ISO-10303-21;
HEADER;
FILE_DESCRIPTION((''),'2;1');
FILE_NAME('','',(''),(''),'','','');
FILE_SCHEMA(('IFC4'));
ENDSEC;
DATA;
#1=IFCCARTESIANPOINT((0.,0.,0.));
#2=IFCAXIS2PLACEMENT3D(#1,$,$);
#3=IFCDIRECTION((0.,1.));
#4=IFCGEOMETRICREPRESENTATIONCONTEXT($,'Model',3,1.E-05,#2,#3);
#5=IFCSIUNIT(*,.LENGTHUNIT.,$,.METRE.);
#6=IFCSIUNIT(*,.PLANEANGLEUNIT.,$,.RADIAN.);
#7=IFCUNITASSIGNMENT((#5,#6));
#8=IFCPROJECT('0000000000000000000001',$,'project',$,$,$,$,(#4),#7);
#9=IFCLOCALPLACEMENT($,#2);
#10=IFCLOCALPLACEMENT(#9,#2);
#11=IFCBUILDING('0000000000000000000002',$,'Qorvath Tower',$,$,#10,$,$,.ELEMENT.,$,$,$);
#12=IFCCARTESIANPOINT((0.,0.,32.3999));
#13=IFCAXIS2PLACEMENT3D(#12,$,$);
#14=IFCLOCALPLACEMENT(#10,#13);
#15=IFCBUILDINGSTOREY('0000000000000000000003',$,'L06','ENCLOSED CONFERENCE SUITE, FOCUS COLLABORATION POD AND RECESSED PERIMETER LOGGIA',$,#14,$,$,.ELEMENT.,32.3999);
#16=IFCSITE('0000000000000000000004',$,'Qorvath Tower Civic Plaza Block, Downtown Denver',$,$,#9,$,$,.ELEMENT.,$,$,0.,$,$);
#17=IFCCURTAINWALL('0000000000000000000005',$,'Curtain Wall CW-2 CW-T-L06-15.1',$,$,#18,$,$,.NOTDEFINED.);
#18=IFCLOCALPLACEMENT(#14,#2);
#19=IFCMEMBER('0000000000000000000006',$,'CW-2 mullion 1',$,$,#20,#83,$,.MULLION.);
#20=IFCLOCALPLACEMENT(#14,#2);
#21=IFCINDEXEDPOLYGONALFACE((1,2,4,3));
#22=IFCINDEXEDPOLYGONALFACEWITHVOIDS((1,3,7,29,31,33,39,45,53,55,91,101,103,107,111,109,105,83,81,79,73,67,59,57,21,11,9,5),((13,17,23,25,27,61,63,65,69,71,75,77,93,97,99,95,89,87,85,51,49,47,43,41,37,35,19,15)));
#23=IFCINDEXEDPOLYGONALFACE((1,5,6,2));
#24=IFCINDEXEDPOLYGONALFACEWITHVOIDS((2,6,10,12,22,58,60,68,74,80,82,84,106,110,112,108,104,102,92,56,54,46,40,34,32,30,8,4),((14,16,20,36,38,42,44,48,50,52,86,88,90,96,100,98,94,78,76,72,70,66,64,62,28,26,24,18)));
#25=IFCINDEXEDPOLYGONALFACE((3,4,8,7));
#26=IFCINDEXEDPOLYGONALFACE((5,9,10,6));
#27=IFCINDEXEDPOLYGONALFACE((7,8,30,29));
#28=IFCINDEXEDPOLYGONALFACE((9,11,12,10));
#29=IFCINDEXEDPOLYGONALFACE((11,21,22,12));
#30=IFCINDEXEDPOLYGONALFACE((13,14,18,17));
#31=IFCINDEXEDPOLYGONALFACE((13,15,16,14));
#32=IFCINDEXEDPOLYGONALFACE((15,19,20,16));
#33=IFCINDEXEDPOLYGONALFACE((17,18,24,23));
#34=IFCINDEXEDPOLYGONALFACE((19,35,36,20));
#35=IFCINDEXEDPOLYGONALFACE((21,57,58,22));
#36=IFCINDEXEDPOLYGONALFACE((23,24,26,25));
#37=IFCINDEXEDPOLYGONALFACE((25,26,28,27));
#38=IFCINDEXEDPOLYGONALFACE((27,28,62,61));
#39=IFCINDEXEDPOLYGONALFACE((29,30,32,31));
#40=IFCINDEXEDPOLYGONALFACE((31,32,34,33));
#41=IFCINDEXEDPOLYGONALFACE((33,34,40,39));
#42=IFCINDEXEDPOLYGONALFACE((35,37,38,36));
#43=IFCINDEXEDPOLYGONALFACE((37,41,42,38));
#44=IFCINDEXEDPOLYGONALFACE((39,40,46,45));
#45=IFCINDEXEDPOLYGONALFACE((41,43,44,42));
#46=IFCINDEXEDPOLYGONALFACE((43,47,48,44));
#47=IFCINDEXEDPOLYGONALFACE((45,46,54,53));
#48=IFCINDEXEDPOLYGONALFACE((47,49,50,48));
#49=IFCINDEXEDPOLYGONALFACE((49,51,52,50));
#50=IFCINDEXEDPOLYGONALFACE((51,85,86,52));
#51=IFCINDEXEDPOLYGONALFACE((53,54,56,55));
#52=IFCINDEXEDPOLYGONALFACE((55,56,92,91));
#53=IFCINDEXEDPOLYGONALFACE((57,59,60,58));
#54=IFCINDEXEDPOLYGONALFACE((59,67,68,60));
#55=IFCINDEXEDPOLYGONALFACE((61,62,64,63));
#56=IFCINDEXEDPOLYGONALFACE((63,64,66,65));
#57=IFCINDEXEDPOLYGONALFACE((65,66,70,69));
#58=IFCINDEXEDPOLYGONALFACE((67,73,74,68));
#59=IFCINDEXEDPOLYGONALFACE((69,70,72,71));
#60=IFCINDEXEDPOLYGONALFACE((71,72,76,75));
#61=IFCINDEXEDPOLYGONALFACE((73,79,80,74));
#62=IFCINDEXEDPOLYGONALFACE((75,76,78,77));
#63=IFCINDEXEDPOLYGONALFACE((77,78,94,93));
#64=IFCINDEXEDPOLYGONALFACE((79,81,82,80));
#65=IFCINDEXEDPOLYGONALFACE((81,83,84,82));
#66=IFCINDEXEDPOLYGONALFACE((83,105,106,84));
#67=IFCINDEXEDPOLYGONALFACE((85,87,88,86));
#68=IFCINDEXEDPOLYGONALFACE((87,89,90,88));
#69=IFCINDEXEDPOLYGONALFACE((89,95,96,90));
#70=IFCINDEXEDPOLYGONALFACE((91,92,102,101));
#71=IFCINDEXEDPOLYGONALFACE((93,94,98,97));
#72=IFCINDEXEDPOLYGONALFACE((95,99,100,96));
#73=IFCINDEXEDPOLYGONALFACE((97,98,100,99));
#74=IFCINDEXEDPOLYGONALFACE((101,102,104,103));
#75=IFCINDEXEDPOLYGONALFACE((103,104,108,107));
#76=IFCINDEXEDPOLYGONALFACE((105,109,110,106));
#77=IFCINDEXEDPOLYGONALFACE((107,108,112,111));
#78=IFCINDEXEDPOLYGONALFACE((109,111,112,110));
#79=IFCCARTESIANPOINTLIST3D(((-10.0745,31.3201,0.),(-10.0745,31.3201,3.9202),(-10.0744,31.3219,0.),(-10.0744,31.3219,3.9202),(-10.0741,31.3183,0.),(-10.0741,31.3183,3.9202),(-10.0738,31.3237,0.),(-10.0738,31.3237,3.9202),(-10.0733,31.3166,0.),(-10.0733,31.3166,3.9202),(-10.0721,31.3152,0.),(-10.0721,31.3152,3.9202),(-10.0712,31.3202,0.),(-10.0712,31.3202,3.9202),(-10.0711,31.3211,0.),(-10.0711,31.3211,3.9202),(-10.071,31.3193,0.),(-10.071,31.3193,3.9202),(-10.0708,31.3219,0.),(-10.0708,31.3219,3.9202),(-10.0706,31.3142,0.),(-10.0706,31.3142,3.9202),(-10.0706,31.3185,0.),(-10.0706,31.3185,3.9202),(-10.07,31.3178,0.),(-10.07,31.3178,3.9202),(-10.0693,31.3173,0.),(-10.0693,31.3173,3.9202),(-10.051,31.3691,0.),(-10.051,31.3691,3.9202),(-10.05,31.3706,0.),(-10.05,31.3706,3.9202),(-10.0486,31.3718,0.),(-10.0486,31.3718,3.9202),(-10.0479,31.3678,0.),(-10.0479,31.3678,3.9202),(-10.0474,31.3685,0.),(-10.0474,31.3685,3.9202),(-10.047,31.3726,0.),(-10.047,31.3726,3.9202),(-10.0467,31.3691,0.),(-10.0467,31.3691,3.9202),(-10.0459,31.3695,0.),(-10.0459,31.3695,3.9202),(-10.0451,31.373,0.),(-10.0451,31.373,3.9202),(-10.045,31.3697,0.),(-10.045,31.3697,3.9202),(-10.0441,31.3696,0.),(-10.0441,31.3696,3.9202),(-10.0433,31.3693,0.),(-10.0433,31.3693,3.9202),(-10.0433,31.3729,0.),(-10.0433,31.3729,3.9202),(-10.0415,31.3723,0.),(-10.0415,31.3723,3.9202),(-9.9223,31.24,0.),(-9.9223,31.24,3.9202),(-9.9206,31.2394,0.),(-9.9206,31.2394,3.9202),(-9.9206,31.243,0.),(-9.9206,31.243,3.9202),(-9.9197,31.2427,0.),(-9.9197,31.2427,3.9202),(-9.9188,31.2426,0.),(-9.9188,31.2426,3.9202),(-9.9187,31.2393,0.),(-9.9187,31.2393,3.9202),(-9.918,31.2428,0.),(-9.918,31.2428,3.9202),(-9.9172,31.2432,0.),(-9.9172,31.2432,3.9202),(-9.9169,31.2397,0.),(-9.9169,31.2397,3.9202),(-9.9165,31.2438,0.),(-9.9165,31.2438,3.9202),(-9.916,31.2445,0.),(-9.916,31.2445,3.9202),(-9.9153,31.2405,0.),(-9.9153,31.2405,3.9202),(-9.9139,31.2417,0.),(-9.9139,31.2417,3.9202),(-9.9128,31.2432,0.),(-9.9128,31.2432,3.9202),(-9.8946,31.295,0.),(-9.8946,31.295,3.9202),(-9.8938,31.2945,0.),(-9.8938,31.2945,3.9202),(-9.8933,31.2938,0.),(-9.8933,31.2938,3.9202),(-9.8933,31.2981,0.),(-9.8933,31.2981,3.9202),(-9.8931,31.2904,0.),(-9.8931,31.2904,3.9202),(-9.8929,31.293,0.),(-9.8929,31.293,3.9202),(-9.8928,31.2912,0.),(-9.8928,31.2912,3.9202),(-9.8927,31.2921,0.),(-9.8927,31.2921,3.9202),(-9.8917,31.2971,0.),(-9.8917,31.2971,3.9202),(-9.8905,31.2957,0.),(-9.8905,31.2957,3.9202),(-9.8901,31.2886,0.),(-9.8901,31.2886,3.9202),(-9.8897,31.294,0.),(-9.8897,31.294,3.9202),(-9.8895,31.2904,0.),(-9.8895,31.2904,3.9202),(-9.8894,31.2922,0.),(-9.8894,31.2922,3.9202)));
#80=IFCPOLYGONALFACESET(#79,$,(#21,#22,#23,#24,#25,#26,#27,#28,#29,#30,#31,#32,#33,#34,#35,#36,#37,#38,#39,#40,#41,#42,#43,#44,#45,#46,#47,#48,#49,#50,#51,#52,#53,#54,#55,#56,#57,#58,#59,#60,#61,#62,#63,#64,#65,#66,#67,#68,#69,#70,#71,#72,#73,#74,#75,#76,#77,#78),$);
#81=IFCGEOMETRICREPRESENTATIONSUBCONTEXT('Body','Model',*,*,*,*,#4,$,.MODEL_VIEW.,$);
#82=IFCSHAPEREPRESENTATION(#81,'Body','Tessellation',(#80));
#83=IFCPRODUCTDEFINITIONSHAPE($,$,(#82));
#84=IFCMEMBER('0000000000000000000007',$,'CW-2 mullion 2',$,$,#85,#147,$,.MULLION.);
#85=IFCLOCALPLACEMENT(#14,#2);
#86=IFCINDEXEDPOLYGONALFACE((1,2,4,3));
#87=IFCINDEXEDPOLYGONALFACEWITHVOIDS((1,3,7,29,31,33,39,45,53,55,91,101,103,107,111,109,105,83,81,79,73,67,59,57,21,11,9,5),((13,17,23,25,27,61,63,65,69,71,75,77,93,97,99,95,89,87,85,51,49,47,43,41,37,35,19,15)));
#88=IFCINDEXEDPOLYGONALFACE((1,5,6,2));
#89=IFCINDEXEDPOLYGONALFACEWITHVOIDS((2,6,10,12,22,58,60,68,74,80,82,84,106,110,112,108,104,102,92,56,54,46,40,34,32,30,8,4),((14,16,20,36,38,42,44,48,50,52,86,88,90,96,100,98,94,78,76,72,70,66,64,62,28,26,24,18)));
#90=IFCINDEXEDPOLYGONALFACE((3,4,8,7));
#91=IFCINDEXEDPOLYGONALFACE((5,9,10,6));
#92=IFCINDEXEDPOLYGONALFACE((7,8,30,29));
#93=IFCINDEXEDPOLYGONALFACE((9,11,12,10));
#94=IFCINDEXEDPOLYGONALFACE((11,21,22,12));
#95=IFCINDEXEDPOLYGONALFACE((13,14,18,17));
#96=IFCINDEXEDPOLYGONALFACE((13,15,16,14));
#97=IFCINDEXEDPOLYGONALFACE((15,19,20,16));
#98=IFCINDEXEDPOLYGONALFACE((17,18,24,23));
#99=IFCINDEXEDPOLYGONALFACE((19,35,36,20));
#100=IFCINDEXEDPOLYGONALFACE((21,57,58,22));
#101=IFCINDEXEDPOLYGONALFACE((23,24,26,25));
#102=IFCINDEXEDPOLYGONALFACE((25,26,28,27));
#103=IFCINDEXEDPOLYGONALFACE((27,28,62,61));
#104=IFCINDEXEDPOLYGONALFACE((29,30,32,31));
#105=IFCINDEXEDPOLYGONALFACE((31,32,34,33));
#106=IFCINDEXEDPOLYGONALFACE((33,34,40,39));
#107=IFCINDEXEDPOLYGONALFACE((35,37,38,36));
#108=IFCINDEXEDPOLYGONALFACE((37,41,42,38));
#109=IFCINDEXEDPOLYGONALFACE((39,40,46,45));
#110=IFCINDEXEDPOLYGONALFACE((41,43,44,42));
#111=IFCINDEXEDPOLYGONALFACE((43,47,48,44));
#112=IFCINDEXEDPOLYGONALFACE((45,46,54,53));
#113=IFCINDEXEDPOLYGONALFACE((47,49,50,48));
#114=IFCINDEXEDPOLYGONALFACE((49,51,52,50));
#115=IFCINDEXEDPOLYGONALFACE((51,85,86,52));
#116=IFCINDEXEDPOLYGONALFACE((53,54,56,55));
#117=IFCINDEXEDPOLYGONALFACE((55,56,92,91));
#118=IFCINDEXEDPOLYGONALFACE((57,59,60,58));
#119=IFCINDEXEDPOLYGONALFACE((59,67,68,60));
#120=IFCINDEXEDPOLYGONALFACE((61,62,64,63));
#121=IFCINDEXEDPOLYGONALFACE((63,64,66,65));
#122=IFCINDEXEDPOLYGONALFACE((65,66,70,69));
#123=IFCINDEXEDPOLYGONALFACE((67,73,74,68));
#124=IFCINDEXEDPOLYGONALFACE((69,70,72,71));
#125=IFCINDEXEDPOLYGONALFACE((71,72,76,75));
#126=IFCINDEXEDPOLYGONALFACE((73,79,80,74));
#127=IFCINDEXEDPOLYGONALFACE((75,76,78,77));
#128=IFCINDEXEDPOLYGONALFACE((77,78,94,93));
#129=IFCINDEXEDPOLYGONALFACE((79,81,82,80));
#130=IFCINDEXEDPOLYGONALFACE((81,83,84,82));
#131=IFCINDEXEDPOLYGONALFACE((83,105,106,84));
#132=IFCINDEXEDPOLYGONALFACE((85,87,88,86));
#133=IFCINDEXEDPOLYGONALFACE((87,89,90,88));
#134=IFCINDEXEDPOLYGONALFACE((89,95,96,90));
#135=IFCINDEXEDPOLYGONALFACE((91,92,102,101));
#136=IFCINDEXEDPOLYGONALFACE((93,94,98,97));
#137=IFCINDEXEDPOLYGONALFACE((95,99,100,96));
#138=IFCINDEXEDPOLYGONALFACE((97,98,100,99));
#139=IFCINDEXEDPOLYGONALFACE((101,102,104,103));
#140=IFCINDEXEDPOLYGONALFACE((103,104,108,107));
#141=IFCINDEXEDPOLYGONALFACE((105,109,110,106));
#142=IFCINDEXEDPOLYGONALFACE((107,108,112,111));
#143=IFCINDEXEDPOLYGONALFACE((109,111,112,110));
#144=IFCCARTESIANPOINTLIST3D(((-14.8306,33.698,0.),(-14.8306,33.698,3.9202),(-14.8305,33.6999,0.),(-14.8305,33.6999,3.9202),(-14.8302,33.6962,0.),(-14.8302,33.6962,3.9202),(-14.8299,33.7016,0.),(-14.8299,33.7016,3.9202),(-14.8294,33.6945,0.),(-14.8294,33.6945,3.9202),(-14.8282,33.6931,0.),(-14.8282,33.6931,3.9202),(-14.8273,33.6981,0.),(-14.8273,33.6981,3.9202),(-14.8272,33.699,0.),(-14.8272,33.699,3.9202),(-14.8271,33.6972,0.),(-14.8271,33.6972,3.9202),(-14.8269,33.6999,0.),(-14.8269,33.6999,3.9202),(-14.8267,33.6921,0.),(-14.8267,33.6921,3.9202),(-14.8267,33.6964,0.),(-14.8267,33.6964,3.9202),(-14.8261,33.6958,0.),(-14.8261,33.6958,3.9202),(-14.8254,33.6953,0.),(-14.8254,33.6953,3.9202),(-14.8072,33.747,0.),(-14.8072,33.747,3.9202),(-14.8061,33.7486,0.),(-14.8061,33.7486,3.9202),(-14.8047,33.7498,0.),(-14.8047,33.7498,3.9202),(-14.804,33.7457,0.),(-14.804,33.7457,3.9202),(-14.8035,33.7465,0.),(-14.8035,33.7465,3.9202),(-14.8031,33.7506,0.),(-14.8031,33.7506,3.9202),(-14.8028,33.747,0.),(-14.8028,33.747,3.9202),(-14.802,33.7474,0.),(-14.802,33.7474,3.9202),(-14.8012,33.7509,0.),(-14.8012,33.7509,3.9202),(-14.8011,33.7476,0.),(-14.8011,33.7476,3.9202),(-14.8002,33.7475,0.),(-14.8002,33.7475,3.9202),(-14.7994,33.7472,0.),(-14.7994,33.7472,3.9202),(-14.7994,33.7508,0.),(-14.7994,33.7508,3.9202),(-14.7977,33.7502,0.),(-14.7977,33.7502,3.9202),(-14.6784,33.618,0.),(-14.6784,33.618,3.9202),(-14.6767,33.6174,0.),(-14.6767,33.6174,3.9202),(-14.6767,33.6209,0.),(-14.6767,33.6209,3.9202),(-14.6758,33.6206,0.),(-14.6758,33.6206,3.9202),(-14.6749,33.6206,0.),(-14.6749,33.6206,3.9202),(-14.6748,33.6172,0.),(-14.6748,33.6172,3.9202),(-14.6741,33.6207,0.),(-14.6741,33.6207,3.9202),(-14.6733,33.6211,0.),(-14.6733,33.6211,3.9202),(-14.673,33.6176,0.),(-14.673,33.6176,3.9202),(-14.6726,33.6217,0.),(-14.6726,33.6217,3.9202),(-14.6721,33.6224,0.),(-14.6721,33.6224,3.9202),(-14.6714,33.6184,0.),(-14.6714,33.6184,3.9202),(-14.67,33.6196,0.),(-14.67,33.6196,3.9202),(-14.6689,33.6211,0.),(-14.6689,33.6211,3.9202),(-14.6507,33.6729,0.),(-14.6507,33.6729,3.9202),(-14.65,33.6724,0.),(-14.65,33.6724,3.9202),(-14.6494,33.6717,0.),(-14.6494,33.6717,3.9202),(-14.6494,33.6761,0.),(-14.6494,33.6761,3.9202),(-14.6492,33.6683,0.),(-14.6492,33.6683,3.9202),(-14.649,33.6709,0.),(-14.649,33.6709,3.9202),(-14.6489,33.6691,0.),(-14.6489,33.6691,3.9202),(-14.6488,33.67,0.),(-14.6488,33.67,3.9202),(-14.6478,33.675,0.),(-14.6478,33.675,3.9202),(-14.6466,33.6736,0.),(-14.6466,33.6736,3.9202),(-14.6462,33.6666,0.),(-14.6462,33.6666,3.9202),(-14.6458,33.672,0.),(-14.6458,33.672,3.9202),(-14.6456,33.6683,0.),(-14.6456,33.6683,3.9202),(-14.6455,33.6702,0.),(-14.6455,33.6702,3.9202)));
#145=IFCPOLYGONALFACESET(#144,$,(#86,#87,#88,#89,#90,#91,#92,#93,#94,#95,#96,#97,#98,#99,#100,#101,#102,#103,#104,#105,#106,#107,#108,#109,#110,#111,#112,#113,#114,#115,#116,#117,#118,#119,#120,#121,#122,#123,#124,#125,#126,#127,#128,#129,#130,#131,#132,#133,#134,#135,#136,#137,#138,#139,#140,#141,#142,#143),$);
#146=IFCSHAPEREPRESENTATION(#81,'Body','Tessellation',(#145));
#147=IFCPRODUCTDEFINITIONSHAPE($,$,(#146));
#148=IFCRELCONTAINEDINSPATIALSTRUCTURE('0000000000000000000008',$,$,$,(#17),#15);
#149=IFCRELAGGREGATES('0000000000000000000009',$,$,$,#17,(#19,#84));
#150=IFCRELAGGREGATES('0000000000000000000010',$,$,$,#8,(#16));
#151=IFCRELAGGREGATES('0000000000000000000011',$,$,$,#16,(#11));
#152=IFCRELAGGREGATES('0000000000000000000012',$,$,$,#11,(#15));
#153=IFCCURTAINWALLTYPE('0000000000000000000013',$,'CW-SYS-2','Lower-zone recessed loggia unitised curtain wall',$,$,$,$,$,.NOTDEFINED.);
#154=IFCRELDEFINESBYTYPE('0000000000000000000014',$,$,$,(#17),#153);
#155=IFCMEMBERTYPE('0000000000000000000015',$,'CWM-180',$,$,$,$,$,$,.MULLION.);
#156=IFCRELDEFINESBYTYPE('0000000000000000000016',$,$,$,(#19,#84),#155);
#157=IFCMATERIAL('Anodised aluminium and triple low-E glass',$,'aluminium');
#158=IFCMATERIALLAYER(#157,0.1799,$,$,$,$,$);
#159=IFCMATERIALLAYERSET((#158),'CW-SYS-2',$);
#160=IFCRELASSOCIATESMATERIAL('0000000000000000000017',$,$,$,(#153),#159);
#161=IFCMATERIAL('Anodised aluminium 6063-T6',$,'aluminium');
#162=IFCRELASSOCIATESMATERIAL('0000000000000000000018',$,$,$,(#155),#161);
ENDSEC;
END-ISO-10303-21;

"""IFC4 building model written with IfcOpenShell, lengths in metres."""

from ifc_helpers import new_model, si_unit, direction, frame, origin, origin_2d, place, context, subcontext, project, spatial, hollow_rectangle, extrude, material, layer, layer_set, material_profile, profile_set, type_object, element, aggregate, save


model = new_model("IFC4")

# Units and contexts
model_context = context("Model", 3, precision=1e-05, world=origin(), true_north=direction((0.0, 1.0)))
body_context = subcontext(model_context, "Body", "Model", "MODEL_VIEW")
ifc_project = project(units=[si_unit("LENGTHUNIT", "METRE"), si_unit("PLANEANGLEUNIT", "RADIAN")], contexts=[model_context])

# Site, building, storey
site_placement = place(None, origin())
site = spatial("IfcSite", under=ifc_project, at=site_placement, Name="Qorvath Tower Civic Plaza Block, Downtown Denver", CompositionType="ELEMENT", RefElevation=0.0)
building_placement = place(site_placement, origin())
building = spatial("IfcBuilding", under=site, at=building_placement, Name="Qorvath Tower", CompositionType="ELEMENT")
storey_placement = place(building_placement, frame((0.0, 0.0, 32.3999)))
storey = spatial("IfcBuildingStorey", under=building, at=storey_placement, Name="L06", Description="ENCLOSED CONFERENCE SUITE, FOCUS COLLABORATION POD AND RECESSED PERIMETER LOGGIA", CompositionType="ELEMENT", Elevation=32.3999)

# Curtain wall, members
ifc_material_1 = material(Name="Anodised aluminium and triple low-E glass", Category="aluminium")
ifc_layer_1 = layer(ifc_material_1, 0.1799)
ifc_layer_set_1 = layer_set([ifc_layer_1], Name="CW-SYS-2")
curtain_wall_type = type_object("IfcCurtainWallType", Name="CW-SYS-2", Description="Lower-zone recessed loggia unitised curtain wall", PredefinedType="NOTDEFINED", material=ifc_layer_set_1)
ifc_material_2 = material(Name="Anodised aluminium 6063-T6", Category="aluminium")
ifc_material_profile_1 = material_profile(ifc_material_2, hollow_rectangle(XDim=0.0649, YDim=0.1799, WallThickness=0.0034, InnerFilletRadius=0.0034, OuterFilletRadius=0.0071, at=origin_2d()), Name="CWM 180x65")
ifc_profile_set_1 = profile_set([ifc_material_profile_1], Name="Anodised aluminium 6063-T6")
member_type_1 = type_object("IfcMemberType", Name="CWM-180", PredefinedType="MULLION", material=ifc_profile_set_1)
curtain_wall_1_placement = place(storey_placement, origin())
curtain_wall_1 = element("IfcCurtainWall", 1, at=curtain_wall_1_placement, inside=storey, type_object=curtain_wall_type, Name="Curtain Wall CW-2 CW-T-L06-15.1", PredefinedType="NOTDEFINED")
member_1_placement = place(storey_placement, frame((-9.9819, 31.3062, 0.0), z_axis=(0.0, 0.0, 1.0), x_axis=(-0.447199, -0.894435, 0.0)))
member_1 = element("IfcMember", 2, at=member_1_placement, type_object=member_type_1, Name="CW-2 mullion 1", PredefinedType="MULLION", context=body_context, shape_type="SweptSolid", body=[
    extrude(hollow_rectangle(XDim=0.0649, YDim=0.1799, WallThickness=0.0034, InnerFilletRadius=0.0034, OuterFilletRadius=0.0071, at=origin_2d()), origin(), (0.0, 0.0, 1.0), 3.9202),
])
member_2_placement = place(storey_placement, frame((-14.738, 33.6841, 0.0), z_axis=(0.0, 0.0, 1.0), x_axis=(-0.447199, -0.894435, 0.0)))
member_2 = element("IfcMember", 3, at=member_2_placement, type_object=member_type_1, Name="CW-2 mullion 2", PredefinedType="MULLION", context=body_context, shape_type="SweptSolid", body=[
    extrude(hollow_rectangle(XDim=0.0649, YDim=0.1799, WallThickness=0.0034, InnerFilletRadius=0.0034, OuterFilletRadius=0.0071, at=origin_2d()), origin(), (0.0, 0.0, 1.0), 3.9202),
])

aggregate(curtain_wall_1, [member_1, member_2])

save(model, "model.ifc")
